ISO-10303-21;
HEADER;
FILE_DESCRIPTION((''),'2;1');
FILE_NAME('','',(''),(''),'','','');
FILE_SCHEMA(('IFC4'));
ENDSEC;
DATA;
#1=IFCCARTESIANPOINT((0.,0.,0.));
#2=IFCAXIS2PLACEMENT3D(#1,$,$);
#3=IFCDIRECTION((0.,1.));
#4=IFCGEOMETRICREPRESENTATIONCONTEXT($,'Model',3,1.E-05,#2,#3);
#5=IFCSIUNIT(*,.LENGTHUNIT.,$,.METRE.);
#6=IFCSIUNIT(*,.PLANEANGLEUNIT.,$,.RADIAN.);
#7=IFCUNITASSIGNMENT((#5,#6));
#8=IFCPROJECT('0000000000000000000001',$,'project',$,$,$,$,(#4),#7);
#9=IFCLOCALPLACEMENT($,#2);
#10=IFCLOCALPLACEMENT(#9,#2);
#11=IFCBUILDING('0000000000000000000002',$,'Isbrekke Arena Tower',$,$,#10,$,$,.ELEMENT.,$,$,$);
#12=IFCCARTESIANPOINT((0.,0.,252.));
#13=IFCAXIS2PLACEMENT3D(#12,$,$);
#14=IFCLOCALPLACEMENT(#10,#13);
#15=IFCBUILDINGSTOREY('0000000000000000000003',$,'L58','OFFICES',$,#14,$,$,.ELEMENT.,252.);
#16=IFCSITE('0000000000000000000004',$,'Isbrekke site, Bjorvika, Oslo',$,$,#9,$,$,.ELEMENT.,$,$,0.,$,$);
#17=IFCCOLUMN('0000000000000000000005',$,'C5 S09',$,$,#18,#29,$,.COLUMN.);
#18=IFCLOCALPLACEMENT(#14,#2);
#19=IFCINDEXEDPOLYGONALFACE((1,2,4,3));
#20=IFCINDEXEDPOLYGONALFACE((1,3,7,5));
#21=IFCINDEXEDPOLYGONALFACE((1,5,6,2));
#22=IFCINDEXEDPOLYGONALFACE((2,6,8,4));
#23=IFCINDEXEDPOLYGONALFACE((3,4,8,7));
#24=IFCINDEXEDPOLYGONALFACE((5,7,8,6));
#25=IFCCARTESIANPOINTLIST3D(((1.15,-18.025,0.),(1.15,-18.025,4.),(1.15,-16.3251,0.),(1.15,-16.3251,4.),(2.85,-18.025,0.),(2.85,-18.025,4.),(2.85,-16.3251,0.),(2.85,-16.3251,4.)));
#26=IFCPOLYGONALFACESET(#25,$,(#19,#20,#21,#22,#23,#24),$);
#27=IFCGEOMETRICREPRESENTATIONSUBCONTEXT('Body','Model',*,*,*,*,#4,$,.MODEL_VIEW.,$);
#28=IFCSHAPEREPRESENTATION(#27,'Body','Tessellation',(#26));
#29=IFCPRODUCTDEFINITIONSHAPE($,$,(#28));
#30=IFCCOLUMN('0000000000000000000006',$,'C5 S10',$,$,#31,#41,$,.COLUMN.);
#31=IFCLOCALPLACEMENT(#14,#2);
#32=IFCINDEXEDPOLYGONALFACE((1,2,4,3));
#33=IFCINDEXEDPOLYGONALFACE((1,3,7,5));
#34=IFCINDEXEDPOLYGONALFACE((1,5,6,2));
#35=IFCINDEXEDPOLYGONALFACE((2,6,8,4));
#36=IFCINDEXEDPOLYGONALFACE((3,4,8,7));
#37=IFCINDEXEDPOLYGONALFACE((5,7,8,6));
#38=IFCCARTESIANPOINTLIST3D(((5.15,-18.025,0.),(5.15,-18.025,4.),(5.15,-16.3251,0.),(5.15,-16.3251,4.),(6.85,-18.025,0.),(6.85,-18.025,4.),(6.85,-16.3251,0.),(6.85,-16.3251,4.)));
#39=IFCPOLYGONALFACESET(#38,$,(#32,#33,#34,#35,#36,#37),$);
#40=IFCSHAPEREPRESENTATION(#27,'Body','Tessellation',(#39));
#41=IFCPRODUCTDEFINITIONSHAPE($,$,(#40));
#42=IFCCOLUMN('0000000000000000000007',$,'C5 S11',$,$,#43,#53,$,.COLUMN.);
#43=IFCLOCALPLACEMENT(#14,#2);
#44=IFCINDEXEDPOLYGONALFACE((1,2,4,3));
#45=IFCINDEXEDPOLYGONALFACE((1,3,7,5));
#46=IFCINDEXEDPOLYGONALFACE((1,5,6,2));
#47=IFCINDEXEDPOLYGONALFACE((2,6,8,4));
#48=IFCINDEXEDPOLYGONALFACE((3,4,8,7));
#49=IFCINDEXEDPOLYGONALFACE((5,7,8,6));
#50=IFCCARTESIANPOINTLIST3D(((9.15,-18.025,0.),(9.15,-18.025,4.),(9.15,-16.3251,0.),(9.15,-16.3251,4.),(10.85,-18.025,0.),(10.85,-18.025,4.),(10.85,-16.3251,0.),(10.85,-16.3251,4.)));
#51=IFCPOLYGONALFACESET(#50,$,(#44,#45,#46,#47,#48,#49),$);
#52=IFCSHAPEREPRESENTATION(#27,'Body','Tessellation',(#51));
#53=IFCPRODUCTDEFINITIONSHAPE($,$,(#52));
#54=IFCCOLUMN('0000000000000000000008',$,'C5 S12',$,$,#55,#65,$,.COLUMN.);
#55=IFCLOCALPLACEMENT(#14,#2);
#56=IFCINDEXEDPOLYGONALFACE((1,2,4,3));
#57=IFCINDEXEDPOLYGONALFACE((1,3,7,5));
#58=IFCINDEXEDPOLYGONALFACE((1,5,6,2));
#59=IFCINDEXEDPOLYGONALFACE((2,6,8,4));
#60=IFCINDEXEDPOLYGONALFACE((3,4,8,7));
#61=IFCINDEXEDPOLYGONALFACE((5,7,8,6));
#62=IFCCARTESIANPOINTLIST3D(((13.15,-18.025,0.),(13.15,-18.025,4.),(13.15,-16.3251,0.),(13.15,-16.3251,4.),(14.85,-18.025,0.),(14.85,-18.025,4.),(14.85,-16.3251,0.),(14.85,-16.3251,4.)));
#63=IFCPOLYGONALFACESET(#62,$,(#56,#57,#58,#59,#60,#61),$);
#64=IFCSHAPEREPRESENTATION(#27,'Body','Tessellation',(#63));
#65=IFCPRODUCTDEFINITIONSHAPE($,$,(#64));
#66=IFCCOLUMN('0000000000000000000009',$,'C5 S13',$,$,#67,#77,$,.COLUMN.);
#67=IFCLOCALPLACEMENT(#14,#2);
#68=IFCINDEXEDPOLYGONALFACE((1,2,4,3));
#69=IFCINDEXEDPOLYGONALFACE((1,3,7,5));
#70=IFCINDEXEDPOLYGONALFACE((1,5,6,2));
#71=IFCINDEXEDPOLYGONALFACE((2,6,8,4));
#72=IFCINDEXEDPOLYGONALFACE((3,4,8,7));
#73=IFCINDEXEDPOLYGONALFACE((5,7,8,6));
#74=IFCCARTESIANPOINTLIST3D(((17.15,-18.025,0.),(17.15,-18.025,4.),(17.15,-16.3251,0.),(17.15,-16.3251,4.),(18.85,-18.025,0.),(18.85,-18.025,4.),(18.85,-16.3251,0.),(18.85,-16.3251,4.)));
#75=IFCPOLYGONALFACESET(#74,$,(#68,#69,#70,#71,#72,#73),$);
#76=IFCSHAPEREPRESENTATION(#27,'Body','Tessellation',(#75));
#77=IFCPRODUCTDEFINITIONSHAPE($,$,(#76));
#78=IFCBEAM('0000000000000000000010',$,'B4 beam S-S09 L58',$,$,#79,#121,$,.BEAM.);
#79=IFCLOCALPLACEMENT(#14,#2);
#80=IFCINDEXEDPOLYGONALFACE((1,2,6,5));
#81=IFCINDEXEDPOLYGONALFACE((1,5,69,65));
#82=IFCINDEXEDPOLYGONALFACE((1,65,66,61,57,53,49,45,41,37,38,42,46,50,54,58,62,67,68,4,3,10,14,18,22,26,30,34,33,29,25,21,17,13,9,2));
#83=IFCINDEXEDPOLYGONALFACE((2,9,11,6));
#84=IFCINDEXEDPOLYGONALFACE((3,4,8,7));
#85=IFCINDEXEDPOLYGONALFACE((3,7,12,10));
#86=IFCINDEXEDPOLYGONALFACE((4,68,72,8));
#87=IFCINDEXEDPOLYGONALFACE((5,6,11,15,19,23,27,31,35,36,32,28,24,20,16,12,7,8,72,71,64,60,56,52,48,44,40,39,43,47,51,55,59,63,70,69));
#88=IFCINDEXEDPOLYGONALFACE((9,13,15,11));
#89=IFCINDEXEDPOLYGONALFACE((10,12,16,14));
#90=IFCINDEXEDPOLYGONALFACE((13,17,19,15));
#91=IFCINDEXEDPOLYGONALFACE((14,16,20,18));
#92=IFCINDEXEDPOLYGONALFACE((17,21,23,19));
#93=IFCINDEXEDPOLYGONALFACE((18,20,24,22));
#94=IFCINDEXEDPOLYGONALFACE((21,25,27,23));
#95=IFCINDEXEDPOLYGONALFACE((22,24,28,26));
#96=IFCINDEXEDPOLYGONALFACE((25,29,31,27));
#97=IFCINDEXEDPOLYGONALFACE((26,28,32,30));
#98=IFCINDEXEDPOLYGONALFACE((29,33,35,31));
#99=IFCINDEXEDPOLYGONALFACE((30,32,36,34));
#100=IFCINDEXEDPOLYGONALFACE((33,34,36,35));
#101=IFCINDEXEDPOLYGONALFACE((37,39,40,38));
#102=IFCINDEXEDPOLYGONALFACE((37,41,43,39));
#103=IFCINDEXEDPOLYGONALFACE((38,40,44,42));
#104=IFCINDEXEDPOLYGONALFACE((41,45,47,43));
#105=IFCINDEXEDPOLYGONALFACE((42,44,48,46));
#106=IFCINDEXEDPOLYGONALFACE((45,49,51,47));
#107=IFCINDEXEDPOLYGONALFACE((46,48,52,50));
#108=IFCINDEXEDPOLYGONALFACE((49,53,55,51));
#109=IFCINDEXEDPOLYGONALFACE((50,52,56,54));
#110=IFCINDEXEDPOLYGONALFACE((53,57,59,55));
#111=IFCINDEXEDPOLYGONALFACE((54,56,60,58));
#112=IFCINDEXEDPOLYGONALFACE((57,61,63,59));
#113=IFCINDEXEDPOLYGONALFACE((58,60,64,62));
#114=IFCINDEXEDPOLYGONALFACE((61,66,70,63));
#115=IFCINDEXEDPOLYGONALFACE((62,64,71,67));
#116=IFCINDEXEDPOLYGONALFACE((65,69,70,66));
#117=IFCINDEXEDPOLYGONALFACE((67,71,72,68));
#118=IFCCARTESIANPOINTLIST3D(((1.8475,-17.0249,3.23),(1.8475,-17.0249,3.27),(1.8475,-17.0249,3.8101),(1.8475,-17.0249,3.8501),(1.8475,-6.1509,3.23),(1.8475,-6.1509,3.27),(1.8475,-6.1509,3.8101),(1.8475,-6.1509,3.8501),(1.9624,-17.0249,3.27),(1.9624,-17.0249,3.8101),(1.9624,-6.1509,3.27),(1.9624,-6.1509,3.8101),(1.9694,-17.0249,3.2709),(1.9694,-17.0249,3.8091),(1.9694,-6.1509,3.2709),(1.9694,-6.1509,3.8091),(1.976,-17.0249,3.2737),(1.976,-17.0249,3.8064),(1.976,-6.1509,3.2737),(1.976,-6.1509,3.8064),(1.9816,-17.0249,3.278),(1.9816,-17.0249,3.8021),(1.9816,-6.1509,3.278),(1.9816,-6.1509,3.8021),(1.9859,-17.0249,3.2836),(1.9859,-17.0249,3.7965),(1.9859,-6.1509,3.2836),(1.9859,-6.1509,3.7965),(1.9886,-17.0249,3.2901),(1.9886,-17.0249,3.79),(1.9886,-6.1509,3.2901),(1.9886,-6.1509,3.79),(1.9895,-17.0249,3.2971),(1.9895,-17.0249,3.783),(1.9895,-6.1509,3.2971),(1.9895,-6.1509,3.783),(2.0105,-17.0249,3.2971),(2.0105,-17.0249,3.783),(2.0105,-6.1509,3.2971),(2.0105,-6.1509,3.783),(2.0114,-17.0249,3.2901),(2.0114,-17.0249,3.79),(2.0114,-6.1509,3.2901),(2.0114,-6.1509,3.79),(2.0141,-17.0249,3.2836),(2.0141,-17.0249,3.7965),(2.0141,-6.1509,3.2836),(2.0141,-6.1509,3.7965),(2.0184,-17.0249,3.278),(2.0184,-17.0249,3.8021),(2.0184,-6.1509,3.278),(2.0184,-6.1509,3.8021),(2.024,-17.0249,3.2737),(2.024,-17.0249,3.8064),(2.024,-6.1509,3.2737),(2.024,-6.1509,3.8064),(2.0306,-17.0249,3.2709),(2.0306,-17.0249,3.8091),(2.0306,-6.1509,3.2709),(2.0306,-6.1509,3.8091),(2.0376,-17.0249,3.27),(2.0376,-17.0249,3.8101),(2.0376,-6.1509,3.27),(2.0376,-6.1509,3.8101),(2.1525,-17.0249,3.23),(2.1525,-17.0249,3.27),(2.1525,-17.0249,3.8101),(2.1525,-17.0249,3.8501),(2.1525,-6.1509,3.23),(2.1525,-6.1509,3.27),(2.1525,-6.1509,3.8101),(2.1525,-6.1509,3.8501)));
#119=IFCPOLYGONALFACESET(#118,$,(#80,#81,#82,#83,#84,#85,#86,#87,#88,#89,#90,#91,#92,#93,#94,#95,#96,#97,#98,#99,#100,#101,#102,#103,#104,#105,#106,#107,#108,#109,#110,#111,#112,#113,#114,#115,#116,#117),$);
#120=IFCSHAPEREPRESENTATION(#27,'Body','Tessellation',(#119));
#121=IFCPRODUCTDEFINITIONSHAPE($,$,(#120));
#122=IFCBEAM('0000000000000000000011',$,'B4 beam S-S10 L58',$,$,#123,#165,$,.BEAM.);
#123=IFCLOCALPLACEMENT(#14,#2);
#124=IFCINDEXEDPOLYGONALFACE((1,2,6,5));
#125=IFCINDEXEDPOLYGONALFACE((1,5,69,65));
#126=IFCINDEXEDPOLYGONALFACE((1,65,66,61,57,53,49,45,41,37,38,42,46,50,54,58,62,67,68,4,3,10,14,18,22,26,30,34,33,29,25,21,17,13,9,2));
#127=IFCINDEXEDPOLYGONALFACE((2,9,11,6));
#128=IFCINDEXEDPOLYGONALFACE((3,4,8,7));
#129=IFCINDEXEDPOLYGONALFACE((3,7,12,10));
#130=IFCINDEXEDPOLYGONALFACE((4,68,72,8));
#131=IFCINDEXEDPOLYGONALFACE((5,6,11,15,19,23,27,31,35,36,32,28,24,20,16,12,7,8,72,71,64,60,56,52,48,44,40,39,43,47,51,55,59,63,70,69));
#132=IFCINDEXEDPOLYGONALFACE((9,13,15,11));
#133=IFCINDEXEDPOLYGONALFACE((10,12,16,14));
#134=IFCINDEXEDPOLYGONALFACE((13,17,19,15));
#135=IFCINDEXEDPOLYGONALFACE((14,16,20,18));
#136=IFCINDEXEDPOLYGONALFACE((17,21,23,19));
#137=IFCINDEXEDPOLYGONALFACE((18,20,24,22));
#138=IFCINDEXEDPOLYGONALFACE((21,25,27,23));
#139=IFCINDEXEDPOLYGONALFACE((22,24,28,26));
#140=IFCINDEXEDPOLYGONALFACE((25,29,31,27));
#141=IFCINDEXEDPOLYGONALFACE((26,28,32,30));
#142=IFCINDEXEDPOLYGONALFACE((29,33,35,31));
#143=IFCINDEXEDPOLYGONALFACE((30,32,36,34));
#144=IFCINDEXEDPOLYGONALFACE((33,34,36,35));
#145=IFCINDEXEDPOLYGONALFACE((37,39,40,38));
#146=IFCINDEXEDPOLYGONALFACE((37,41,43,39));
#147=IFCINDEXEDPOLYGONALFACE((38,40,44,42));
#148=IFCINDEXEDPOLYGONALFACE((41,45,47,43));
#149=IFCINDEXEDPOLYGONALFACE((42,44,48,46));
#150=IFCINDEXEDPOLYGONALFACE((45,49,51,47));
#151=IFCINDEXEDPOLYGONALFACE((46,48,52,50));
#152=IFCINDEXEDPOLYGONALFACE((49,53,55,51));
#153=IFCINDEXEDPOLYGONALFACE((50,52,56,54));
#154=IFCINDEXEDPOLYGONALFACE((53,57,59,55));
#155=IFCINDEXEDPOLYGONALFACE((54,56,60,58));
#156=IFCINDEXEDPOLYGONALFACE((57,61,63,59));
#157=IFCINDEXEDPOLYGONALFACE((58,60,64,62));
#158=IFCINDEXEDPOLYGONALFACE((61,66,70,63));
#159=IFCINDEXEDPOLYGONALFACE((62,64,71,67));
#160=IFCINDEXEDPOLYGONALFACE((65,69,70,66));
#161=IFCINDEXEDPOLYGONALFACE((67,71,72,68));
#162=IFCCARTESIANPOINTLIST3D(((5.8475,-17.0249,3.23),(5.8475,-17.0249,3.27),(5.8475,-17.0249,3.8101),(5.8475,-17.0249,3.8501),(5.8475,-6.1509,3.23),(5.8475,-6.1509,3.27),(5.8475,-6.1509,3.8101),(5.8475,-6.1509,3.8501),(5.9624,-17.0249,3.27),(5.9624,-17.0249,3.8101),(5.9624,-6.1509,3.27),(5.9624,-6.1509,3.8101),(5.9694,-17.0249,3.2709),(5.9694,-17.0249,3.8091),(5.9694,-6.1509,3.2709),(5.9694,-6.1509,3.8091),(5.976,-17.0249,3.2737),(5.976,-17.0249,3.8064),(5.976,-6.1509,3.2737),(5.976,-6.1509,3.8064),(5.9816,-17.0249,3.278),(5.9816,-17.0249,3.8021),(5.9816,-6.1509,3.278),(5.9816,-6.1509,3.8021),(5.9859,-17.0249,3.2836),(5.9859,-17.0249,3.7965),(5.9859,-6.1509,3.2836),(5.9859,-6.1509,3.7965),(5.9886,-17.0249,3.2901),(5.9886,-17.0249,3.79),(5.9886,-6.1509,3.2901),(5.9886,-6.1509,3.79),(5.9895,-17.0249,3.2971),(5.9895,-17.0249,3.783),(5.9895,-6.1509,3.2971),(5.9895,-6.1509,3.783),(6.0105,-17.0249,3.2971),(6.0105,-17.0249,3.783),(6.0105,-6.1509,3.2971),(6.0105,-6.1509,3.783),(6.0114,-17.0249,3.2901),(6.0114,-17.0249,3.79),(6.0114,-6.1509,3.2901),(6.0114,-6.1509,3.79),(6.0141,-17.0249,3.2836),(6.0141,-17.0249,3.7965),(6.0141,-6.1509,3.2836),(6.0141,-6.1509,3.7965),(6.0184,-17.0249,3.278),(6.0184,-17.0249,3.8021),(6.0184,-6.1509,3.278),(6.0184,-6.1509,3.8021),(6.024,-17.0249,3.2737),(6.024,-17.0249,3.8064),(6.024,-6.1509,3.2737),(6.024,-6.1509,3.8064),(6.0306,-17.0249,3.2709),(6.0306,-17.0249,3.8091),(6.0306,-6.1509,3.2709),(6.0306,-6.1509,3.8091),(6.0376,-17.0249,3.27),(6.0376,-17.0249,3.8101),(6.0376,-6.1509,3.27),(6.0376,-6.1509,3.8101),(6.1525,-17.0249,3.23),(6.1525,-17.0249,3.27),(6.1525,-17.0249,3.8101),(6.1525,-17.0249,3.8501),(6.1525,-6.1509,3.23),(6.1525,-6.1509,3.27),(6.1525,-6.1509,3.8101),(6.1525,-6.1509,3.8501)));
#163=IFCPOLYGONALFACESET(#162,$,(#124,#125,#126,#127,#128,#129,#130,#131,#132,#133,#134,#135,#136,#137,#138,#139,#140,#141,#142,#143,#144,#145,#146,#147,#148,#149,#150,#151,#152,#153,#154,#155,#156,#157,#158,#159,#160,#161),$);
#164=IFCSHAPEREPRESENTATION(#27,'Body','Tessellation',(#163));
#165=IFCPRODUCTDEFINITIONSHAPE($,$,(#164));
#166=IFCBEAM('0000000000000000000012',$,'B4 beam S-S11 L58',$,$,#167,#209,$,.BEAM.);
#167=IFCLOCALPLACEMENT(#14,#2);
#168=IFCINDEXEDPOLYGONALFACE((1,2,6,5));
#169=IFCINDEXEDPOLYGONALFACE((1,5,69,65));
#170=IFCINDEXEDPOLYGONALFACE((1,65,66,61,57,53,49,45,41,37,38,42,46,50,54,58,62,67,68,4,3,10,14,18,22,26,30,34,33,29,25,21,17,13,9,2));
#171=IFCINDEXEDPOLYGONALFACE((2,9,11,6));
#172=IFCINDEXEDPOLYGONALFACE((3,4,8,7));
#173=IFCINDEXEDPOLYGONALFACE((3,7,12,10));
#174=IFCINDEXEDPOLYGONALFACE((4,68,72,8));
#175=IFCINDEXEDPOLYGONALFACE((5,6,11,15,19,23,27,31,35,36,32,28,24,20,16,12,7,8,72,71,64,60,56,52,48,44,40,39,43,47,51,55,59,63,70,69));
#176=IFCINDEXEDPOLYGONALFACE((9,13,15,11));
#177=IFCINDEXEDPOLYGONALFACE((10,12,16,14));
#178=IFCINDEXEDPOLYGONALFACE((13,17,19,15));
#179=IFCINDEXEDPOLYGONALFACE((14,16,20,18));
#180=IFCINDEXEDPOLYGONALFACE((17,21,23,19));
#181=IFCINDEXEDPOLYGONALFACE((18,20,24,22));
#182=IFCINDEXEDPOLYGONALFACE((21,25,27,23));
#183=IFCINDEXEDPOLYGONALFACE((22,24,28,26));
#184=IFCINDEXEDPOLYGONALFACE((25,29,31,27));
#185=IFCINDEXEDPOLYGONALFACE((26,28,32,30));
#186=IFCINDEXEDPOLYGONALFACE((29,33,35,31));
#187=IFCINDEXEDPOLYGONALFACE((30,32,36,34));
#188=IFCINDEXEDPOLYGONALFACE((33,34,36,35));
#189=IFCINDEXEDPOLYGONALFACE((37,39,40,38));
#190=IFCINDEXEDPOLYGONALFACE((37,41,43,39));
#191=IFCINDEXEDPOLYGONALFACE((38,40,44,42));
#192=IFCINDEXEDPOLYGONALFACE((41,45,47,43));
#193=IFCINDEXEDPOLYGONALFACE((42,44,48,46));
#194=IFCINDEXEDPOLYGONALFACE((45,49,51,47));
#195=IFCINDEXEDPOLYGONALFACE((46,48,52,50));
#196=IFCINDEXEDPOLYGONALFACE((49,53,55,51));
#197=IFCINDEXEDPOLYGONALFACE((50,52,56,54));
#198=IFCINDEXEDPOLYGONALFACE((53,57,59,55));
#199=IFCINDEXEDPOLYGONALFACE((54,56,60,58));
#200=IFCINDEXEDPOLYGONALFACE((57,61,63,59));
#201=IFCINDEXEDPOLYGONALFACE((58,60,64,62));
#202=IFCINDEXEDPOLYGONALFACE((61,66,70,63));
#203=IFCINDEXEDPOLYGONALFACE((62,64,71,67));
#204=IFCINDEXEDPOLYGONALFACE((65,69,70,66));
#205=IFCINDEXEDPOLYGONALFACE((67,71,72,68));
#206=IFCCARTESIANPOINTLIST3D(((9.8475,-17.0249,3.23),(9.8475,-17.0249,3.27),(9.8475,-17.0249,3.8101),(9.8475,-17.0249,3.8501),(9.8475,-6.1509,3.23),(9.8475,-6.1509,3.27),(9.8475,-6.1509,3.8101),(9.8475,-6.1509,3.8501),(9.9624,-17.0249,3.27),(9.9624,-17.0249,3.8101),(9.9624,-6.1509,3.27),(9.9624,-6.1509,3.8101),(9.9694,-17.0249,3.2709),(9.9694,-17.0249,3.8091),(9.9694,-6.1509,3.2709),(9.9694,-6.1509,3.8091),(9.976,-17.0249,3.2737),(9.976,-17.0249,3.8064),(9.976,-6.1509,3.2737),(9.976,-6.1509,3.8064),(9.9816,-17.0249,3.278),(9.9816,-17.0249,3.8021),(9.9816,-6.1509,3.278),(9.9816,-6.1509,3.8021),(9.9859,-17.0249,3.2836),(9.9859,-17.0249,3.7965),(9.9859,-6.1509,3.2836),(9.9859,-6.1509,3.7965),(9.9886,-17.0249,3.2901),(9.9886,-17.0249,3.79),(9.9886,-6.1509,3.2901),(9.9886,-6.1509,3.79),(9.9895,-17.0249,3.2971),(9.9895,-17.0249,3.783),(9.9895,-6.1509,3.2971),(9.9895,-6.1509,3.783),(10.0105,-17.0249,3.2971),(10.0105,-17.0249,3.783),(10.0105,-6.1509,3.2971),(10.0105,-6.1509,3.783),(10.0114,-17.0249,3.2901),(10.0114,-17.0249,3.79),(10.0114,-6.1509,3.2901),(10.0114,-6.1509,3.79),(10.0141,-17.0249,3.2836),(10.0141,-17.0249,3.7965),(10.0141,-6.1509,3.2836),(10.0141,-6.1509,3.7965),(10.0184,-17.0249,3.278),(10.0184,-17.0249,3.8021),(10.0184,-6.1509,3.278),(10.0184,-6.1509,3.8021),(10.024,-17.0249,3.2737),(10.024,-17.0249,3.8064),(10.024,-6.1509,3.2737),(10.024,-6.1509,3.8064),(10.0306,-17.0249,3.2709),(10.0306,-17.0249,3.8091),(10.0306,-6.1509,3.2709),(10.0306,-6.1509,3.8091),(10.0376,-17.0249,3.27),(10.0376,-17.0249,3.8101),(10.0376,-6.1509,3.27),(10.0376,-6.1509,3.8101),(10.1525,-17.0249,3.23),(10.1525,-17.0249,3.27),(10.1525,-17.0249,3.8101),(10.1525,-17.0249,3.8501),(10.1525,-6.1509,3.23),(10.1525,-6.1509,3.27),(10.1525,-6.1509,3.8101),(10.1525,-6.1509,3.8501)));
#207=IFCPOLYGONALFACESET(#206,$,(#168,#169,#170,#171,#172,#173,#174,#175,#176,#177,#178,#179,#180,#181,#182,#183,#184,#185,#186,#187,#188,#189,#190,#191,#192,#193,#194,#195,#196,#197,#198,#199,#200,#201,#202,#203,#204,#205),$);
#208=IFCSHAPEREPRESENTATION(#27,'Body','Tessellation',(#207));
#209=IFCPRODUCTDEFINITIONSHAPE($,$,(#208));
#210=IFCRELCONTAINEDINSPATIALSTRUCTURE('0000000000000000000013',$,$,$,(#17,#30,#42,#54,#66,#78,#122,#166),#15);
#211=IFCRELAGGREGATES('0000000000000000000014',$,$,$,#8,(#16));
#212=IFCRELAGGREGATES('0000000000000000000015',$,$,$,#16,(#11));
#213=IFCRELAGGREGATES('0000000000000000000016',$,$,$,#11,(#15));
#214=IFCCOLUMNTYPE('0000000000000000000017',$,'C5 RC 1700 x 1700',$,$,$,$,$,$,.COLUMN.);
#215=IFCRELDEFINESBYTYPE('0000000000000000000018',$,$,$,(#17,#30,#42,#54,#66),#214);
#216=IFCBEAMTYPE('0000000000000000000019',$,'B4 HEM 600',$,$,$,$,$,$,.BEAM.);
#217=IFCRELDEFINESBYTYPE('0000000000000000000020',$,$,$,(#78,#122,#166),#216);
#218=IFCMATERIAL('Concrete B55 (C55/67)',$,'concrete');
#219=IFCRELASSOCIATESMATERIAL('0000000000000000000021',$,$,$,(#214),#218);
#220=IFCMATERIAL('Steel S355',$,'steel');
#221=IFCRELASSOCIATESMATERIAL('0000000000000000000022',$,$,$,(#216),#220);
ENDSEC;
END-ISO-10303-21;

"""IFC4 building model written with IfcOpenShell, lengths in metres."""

from ifc_helpers import new_model, si_unit, direction, frame, origin, origin_2d, place, context, subcontext, project, spatial, rectangle, i_section, extrude, material, material_profile, profile_set, type_object, element, save


model = new_model("IFC4")

# Units and contexts
model_context = context("Model", 3, precision=1e-05, world=origin(), true_north=direction((0.0, 1.0)))
body_context = subcontext(model_context, "Body", "Model", "MODEL_VIEW")
ifc_project = project(units=[si_unit("LENGTHUNIT", "METRE"), si_unit("PLANEANGLEUNIT", "RADIAN")], contexts=[model_context])

# Site, building, storey
site_placement = place(None, origin())
site = spatial("IfcSite", under=ifc_project, at=site_placement, Name="Isbrekke site, Bjorvika, Oslo", CompositionType="ELEMENT", RefElevation=0.0)
building_placement = place(site_placement, origin())
building = spatial("IfcBuilding", under=site, at=building_placement, Name="Isbrekke Arena Tower", CompositionType="ELEMENT")
storey_placement = place(building_placement, frame((0.0, 0.0, 252.0)))
storey = spatial("IfcBuildingStorey", under=building, at=storey_placement, Name="L58", Description="OFFICES", CompositionType="ELEMENT", Elevation=252.0)

# Columns
ifc_material_1 = material(Name="Concrete B55 (C55/67)", Category="concrete")
ifc_material_profile_1 = material_profile(ifc_material_1, rectangle(XDim=1.7, YDim=1.7, at=origin_2d()), Name="RC 1700x1700")
ifc_profile_set_1 = profile_set([ifc_material_profile_1], Name="Concrete B55 (C55/67)")
column_type = type_object("IfcColumnType", Name="C5 RC 1700 x 1700", PredefinedType="COLUMN", material=ifc_profile_set_1)
for number, where, z_axis, x_axis, name in (
    (1, (2.0, -17.175, 0.0), (0.0, 0.0, 1.0), (1.0, 0.0, 0.0), "C5 S09"),
    (2, (6.0, -17.175, 0.0), (0.0, 0.0, 1.0), (1.0, 0.0, 0.0), "C5 S10"),
    (3, (10.0, -17.175, 0.0), (0.0, 0.0, 1.0), (1.0, 0.0, 0.0), "C5 S11"),
    (4, (14.0, -17.175, 0.0), (0.0, 0.0, 1.0), (1.0, 0.0, 0.0), "C5 S12"),
    (5, (18.0, -17.175, 0.0), (0.0, 0.0, 1.0), (1.0, 0.0, 0.0), "C5 S13"),
):
    element("IfcColumn", number, at=place(storey_placement, frame(where, z_axis=z_axis, x_axis=x_axis)), inside=storey, type_object=column_type, Name=name, PredefinedType="COLUMN", context=body_context, shape_type="SweptSolid", body=[
        extrude(rectangle(XDim=1.7, YDim=1.7, at=origin_2d()), origin(), (0.0, 0.0, 1.0), 4.0),
    ])

# Beams
ifc_material_2 = material(Name="Steel S355", Category="steel")
ifc_material_profile_2 = material_profile(ifc_material_2, i_section(OverallWidth=0.3049, OverallDepth=0.6201, WebThickness=0.021, FlangeThickness=0.04, FilletRadius=0.0271, at=origin_2d()), Name="HEM 600")
ifc_profile_set_2 = profile_set([ifc_material_profile_2], Name="Steel S355")
beam_type_1 = type_object("IfcBeamType", Name="B4 HEM 600", PredefinedType="BEAM", material=ifc_profile_set_2)
for number, where, z_axis, x_axis, name in (
    (6, (2.0, -17.0249, 3.54), (0.0, 1.0, 0.0), (-1.0, 0.0, 0.0), "B4 beam S-S09 L58"),
    (7, (6.0, -17.0249, 3.54), (0.0, 1.0, 0.0), (-1.0, 0.0, 0.0), "B4 beam S-S10 L58"),
    (8, (10.0, -17.0249, 3.54), (0.0, 1.0, 0.0), (-1.0, 0.0, 0.0), "B4 beam S-S11 L58"),
):
    element("IfcBeam", number, at=place(storey_placement, frame(where, z_axis=z_axis, x_axis=x_axis)), inside=storey, type_object=beam_type_1, Name=name, PredefinedType="BEAM", context=body_context, shape_type="SweptSolid", body=[
        extrude(i_section(OverallWidth=0.3049, OverallDepth=0.6201, WebThickness=0.021, FlangeThickness=0.04, FilletRadius=0.0271, at=origin_2d()), origin(), (0.0, 0.0, 1.0), 10.874),
    ])

save(model, "model.ifc")
